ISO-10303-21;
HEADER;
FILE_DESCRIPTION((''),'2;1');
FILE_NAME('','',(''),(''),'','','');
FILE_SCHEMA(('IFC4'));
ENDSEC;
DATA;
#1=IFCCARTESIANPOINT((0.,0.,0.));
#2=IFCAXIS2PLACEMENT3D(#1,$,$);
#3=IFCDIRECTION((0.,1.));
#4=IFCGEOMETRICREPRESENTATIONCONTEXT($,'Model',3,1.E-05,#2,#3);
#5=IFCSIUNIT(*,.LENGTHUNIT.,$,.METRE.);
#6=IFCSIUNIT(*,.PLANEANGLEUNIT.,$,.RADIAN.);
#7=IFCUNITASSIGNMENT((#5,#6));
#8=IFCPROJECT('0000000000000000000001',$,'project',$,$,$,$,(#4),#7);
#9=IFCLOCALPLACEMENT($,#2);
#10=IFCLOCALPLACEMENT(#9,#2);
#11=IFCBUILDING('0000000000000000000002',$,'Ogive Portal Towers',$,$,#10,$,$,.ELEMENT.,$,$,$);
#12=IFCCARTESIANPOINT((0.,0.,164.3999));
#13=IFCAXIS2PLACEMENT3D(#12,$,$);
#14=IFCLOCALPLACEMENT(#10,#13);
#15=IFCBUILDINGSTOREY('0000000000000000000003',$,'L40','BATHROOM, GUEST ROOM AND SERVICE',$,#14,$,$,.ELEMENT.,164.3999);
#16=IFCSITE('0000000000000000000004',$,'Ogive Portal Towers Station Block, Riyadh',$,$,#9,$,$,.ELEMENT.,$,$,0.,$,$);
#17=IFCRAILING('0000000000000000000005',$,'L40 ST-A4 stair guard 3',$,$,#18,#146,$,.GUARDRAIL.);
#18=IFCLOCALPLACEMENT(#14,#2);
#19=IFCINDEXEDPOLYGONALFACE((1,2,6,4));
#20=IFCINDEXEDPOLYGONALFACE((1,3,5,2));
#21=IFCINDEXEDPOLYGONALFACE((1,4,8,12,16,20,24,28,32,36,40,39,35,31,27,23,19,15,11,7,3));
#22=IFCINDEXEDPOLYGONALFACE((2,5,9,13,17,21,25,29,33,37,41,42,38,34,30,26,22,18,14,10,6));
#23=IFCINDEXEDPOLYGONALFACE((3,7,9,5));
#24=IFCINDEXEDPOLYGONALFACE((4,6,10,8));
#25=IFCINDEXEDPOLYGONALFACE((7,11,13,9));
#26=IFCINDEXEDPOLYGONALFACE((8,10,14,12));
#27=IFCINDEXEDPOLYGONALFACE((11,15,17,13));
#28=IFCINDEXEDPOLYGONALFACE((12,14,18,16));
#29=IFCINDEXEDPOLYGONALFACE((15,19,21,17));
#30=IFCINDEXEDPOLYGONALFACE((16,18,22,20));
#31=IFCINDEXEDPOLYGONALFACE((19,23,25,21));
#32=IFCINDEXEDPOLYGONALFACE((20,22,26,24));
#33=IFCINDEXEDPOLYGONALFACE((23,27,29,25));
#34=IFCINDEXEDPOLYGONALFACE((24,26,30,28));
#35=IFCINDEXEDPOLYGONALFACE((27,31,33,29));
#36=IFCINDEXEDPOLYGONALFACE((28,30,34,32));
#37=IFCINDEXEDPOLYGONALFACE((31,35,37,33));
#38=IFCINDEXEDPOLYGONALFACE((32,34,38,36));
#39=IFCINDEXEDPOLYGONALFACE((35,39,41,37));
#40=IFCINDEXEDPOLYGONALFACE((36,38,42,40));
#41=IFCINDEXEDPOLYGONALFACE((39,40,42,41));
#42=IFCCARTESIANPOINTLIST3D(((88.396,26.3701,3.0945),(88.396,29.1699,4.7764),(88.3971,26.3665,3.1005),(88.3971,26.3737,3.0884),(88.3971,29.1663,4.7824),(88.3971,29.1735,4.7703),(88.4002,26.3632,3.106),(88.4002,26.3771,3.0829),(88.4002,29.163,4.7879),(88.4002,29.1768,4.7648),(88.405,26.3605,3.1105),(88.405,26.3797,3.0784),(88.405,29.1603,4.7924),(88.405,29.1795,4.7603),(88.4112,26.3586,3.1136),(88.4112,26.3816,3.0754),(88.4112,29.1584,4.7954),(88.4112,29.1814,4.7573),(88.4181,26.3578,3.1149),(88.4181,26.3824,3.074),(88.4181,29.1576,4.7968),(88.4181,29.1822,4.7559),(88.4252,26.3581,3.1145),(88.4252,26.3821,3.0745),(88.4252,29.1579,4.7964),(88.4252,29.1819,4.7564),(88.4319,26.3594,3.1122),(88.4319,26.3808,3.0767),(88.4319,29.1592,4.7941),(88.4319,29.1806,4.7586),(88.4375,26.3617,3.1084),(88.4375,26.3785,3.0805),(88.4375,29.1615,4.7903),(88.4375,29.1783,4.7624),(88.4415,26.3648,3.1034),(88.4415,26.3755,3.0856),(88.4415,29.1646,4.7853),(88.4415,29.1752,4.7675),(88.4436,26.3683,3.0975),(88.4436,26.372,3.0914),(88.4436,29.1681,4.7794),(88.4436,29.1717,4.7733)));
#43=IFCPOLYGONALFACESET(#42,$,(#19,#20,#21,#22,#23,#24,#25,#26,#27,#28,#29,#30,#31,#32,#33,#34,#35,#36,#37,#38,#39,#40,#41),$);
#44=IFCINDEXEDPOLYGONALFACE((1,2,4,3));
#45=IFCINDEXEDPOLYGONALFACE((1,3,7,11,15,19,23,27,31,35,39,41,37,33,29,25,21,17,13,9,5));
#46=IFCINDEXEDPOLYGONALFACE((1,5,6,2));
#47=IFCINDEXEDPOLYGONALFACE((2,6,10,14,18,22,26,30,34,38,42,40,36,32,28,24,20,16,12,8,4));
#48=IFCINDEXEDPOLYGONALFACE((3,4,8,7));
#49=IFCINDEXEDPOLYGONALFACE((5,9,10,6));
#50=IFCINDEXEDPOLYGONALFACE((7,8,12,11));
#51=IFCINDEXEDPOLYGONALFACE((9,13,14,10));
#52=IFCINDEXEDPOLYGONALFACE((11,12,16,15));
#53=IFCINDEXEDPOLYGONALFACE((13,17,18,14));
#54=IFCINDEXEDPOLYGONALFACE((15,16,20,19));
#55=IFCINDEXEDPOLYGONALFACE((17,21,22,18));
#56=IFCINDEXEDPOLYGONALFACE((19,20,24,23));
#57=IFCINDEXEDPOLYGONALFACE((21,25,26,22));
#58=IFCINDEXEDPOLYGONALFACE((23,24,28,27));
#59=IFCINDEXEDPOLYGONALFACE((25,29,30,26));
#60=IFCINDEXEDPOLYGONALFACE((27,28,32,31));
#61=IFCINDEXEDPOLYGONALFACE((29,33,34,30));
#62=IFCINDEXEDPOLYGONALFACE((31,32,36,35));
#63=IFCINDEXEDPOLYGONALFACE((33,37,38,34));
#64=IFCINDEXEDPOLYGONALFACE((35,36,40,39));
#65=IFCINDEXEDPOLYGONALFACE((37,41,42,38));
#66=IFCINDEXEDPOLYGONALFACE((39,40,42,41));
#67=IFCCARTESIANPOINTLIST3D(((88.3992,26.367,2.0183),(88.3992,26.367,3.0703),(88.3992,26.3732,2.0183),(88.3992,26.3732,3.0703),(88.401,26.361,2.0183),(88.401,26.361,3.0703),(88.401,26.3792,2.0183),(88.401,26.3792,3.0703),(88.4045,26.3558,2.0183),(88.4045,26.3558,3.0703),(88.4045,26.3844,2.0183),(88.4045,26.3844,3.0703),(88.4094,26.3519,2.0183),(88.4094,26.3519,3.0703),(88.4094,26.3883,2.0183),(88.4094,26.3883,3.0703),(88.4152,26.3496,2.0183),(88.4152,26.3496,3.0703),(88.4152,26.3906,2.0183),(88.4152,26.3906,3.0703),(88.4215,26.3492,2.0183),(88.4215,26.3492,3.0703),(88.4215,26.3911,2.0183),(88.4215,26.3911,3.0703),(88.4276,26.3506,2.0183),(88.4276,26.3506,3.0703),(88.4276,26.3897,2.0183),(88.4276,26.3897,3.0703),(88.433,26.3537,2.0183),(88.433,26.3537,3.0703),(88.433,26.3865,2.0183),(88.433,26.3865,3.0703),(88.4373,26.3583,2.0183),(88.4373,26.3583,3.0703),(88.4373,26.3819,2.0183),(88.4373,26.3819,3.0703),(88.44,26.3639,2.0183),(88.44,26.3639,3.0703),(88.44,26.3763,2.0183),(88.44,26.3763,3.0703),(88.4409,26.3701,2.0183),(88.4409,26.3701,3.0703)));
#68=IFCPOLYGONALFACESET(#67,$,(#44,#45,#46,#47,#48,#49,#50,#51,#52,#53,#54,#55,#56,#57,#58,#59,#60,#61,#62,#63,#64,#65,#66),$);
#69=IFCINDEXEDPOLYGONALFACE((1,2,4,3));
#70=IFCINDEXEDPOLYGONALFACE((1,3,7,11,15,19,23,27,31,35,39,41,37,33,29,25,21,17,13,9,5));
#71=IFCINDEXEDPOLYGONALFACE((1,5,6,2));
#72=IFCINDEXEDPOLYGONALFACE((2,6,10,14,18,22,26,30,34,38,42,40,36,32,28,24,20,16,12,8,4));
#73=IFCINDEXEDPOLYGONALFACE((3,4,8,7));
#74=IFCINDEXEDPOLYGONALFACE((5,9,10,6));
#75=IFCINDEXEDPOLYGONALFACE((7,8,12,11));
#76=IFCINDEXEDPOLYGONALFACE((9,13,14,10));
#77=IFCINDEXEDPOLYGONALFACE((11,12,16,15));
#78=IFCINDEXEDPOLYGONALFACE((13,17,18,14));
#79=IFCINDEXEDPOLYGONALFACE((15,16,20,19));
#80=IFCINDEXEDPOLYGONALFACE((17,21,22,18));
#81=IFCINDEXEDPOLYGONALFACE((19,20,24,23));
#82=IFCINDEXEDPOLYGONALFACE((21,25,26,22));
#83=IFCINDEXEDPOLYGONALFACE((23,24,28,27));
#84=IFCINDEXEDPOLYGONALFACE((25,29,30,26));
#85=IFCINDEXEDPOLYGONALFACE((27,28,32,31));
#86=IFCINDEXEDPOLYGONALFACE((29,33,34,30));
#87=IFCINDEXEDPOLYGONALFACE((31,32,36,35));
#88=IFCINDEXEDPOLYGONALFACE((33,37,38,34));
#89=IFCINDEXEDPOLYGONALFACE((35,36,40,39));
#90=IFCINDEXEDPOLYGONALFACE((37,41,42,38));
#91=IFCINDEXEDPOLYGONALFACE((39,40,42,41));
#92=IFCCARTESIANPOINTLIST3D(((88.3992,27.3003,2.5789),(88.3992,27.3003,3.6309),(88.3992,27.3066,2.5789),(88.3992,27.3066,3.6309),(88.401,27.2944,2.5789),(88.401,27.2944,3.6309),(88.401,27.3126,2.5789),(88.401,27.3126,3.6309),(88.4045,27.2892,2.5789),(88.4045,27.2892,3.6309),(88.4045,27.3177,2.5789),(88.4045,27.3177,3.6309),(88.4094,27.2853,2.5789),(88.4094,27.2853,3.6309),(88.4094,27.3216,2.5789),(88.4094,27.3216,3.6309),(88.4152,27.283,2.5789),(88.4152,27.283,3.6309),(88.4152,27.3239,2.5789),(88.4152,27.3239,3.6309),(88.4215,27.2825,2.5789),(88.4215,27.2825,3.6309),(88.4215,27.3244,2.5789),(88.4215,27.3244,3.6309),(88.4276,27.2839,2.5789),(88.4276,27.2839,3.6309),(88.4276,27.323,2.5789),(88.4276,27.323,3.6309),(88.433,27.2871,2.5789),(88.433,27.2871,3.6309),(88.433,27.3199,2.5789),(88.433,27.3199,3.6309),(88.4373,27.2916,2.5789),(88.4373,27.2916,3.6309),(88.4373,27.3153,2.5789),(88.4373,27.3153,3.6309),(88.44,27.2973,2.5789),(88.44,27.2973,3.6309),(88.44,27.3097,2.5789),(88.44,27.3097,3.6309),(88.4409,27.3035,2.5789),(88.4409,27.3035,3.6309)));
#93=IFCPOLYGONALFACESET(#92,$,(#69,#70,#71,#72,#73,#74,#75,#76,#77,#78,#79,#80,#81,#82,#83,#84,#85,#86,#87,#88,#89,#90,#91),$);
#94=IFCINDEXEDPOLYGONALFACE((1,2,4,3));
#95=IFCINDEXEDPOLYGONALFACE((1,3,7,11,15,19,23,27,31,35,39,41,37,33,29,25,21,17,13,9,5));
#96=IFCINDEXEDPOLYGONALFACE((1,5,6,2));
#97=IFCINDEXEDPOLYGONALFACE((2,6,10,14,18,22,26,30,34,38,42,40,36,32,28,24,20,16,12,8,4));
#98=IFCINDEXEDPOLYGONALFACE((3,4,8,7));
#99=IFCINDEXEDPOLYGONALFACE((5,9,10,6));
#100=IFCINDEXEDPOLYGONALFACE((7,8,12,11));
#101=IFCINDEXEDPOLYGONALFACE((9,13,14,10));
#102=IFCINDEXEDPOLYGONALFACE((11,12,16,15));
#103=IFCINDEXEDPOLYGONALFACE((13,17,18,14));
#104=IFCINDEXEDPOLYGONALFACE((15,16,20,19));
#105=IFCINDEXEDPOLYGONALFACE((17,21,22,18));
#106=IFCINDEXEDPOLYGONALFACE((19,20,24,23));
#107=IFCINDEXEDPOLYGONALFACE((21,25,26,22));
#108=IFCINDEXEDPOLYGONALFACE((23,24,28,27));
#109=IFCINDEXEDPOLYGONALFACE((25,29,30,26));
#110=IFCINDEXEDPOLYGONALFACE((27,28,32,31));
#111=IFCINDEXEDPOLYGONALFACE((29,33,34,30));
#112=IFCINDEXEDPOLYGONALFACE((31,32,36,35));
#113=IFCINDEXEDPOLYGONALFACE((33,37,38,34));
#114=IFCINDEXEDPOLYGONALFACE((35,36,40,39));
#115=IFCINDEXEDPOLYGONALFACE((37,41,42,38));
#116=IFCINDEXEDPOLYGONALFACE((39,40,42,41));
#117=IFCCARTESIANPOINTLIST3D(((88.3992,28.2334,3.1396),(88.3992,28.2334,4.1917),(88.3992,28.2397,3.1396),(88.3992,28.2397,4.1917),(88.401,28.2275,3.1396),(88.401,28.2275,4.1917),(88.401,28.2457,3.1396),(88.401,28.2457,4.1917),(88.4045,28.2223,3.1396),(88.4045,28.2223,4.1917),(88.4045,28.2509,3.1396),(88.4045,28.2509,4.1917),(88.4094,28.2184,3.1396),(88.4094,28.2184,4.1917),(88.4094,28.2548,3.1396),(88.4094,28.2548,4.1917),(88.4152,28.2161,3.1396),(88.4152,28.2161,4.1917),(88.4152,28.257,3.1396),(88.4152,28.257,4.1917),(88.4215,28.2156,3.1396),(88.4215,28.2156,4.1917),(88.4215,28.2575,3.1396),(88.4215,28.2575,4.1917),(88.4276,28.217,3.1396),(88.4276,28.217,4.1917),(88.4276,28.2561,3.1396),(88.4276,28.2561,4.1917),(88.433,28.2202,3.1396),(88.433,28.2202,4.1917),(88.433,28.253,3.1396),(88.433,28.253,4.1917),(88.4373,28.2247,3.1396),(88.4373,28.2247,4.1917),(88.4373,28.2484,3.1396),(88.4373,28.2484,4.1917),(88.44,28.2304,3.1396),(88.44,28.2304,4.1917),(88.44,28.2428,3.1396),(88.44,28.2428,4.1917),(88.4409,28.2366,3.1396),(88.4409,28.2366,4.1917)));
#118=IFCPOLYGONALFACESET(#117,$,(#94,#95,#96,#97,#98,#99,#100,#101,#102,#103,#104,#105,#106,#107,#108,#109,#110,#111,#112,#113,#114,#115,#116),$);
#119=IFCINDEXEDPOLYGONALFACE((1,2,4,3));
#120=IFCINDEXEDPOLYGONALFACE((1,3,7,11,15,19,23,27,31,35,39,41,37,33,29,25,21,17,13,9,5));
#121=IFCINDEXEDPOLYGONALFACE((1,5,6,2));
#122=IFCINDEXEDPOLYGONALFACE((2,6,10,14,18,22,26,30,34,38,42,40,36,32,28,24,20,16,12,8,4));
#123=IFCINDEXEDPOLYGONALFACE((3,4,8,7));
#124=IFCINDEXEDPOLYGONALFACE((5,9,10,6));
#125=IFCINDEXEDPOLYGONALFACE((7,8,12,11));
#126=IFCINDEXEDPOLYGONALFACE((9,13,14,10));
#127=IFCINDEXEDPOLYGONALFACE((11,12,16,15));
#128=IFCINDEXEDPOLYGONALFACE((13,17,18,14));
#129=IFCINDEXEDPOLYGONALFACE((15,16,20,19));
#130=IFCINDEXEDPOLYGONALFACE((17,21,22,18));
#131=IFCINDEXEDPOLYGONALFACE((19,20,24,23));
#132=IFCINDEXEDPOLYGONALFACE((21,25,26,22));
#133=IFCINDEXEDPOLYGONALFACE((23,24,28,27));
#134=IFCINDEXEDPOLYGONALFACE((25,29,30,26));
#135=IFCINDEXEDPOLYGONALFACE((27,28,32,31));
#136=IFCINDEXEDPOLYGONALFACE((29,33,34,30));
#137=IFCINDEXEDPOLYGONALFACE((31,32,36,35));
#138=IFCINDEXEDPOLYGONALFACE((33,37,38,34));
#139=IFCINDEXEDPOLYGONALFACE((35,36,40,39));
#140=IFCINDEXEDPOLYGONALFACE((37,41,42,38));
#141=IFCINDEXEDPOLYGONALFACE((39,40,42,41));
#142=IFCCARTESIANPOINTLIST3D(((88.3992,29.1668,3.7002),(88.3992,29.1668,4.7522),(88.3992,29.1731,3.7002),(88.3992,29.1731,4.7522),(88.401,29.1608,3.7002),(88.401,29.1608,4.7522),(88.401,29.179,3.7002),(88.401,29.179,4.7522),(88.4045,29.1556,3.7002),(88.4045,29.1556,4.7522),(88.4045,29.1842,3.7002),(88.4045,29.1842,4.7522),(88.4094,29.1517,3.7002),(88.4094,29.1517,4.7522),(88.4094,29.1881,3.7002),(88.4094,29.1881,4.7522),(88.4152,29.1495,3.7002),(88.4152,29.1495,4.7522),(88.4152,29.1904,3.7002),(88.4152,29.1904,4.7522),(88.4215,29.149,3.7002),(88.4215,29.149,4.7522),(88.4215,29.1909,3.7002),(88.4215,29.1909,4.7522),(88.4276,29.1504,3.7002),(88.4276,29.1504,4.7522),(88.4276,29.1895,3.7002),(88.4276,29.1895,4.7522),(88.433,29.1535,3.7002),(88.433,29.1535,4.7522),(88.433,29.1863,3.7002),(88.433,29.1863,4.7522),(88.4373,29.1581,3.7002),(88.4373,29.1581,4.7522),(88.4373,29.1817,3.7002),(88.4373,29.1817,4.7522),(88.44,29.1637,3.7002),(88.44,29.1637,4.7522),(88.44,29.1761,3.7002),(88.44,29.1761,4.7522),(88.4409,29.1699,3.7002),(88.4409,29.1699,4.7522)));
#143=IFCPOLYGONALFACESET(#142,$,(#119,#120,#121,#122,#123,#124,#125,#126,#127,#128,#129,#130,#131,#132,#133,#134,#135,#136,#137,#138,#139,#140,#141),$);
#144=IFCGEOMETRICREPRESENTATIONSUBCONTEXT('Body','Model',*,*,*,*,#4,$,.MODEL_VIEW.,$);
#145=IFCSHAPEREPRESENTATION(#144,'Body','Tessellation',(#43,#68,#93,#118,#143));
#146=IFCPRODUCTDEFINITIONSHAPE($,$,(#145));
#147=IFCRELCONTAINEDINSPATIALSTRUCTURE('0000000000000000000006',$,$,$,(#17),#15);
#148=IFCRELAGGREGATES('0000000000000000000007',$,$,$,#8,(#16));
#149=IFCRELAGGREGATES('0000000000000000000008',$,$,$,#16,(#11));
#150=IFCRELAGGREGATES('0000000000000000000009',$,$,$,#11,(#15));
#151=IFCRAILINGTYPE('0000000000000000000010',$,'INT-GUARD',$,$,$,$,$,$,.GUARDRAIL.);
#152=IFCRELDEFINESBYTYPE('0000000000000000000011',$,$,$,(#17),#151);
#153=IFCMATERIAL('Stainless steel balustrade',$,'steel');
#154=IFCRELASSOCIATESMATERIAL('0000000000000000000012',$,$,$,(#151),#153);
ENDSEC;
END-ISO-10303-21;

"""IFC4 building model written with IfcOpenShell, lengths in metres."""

from ifc_helpers import new_model, si_unit, direction, frame, origin, origin_2d, place, context, subcontext, project, spatial, circle, extrude, material, type_object, element, save


model = new_model("IFC4")

# Units and contexts
model_context = context("Model", 3, precision=1e-05, world=origin(), true_north=direction((0.0, 1.0)))
body_context = subcontext(model_context, "Body", "Model", "MODEL_VIEW")
ifc_project = project(units=[si_unit("LENGTHUNIT", "METRE"), si_unit("PLANEANGLEUNIT", "RADIAN")], contexts=[model_context])

# Site, building, storey
site_placement = place(None, origin())
site = spatial("IfcSite", under=ifc_project, at=site_placement, Name="Ogive Portal Towers Station Block, Riyadh", CompositionType="ELEMENT", RefElevation=0.0)
building_placement = place(site_placement, origin())
building = spatial("IfcBuilding", under=site, at=building_placement, Name="Ogive Portal Towers", CompositionType="ELEMENT")
storey_placement = place(building_placement, frame((0.0, 0.0, 164.3999)))
storey = spatial("IfcBuildingStorey", under=building, at=storey_placement, Name="L40", Description="BATHROOM, GUEST ROOM AND SERVICE", CompositionType="ELEMENT", Elevation=164.3999)

# Railing
ifc_material_1 = material(Name="Stainless steel balustrade", Category="steel")
railing_type_1 = type_object("IfcRailingType", Name="INT-GUARD", PredefinedType="GUARDRAIL", material=ifc_material_1)
railing_1_placement = place(storey_placement, frame((88.4199, 26.3701, 2.0183)))
element("IfcRailing", 1, at=railing_1_placement, inside=storey, type_object=railing_type_1, Name="L40 ST-A4 stair guard 3", PredefinedType="GUARDRAIL", context=body_context, shape_type="SweptSolid", body=[
    extrude(circle(Radius=0.0239, at=origin_2d()), frame((0.0, 0.0, 1.0762), z_axis=(0.0, 0.857222, 0.514946), x_axis=(-1.0, 0.0, 0.0)), (0.0, 0.0, 1.0), 3.2661),
    extrude(circle(Radius=0.021, at=origin_2d()), origin(), (0.0, 0.0, 1.0), 1.052),
    extrude(circle(Radius=0.021, at=origin_2d()), frame((0.0, 0.9333, 0.5605)), (0.0, 0.0, 1.0), 1.052),
    extrude(circle(Radius=0.021, at=origin_2d()), frame((0.0, 1.8665, 1.1213)), (0.0, 0.0, 1.0), 1.052),
    extrude(circle(Radius=0.021, at=origin_2d()), frame((0.0, 2.7998, 1.6819)), (0.0, 0.0, 1.0), 1.052),
])

save(model, "model.ifc")
